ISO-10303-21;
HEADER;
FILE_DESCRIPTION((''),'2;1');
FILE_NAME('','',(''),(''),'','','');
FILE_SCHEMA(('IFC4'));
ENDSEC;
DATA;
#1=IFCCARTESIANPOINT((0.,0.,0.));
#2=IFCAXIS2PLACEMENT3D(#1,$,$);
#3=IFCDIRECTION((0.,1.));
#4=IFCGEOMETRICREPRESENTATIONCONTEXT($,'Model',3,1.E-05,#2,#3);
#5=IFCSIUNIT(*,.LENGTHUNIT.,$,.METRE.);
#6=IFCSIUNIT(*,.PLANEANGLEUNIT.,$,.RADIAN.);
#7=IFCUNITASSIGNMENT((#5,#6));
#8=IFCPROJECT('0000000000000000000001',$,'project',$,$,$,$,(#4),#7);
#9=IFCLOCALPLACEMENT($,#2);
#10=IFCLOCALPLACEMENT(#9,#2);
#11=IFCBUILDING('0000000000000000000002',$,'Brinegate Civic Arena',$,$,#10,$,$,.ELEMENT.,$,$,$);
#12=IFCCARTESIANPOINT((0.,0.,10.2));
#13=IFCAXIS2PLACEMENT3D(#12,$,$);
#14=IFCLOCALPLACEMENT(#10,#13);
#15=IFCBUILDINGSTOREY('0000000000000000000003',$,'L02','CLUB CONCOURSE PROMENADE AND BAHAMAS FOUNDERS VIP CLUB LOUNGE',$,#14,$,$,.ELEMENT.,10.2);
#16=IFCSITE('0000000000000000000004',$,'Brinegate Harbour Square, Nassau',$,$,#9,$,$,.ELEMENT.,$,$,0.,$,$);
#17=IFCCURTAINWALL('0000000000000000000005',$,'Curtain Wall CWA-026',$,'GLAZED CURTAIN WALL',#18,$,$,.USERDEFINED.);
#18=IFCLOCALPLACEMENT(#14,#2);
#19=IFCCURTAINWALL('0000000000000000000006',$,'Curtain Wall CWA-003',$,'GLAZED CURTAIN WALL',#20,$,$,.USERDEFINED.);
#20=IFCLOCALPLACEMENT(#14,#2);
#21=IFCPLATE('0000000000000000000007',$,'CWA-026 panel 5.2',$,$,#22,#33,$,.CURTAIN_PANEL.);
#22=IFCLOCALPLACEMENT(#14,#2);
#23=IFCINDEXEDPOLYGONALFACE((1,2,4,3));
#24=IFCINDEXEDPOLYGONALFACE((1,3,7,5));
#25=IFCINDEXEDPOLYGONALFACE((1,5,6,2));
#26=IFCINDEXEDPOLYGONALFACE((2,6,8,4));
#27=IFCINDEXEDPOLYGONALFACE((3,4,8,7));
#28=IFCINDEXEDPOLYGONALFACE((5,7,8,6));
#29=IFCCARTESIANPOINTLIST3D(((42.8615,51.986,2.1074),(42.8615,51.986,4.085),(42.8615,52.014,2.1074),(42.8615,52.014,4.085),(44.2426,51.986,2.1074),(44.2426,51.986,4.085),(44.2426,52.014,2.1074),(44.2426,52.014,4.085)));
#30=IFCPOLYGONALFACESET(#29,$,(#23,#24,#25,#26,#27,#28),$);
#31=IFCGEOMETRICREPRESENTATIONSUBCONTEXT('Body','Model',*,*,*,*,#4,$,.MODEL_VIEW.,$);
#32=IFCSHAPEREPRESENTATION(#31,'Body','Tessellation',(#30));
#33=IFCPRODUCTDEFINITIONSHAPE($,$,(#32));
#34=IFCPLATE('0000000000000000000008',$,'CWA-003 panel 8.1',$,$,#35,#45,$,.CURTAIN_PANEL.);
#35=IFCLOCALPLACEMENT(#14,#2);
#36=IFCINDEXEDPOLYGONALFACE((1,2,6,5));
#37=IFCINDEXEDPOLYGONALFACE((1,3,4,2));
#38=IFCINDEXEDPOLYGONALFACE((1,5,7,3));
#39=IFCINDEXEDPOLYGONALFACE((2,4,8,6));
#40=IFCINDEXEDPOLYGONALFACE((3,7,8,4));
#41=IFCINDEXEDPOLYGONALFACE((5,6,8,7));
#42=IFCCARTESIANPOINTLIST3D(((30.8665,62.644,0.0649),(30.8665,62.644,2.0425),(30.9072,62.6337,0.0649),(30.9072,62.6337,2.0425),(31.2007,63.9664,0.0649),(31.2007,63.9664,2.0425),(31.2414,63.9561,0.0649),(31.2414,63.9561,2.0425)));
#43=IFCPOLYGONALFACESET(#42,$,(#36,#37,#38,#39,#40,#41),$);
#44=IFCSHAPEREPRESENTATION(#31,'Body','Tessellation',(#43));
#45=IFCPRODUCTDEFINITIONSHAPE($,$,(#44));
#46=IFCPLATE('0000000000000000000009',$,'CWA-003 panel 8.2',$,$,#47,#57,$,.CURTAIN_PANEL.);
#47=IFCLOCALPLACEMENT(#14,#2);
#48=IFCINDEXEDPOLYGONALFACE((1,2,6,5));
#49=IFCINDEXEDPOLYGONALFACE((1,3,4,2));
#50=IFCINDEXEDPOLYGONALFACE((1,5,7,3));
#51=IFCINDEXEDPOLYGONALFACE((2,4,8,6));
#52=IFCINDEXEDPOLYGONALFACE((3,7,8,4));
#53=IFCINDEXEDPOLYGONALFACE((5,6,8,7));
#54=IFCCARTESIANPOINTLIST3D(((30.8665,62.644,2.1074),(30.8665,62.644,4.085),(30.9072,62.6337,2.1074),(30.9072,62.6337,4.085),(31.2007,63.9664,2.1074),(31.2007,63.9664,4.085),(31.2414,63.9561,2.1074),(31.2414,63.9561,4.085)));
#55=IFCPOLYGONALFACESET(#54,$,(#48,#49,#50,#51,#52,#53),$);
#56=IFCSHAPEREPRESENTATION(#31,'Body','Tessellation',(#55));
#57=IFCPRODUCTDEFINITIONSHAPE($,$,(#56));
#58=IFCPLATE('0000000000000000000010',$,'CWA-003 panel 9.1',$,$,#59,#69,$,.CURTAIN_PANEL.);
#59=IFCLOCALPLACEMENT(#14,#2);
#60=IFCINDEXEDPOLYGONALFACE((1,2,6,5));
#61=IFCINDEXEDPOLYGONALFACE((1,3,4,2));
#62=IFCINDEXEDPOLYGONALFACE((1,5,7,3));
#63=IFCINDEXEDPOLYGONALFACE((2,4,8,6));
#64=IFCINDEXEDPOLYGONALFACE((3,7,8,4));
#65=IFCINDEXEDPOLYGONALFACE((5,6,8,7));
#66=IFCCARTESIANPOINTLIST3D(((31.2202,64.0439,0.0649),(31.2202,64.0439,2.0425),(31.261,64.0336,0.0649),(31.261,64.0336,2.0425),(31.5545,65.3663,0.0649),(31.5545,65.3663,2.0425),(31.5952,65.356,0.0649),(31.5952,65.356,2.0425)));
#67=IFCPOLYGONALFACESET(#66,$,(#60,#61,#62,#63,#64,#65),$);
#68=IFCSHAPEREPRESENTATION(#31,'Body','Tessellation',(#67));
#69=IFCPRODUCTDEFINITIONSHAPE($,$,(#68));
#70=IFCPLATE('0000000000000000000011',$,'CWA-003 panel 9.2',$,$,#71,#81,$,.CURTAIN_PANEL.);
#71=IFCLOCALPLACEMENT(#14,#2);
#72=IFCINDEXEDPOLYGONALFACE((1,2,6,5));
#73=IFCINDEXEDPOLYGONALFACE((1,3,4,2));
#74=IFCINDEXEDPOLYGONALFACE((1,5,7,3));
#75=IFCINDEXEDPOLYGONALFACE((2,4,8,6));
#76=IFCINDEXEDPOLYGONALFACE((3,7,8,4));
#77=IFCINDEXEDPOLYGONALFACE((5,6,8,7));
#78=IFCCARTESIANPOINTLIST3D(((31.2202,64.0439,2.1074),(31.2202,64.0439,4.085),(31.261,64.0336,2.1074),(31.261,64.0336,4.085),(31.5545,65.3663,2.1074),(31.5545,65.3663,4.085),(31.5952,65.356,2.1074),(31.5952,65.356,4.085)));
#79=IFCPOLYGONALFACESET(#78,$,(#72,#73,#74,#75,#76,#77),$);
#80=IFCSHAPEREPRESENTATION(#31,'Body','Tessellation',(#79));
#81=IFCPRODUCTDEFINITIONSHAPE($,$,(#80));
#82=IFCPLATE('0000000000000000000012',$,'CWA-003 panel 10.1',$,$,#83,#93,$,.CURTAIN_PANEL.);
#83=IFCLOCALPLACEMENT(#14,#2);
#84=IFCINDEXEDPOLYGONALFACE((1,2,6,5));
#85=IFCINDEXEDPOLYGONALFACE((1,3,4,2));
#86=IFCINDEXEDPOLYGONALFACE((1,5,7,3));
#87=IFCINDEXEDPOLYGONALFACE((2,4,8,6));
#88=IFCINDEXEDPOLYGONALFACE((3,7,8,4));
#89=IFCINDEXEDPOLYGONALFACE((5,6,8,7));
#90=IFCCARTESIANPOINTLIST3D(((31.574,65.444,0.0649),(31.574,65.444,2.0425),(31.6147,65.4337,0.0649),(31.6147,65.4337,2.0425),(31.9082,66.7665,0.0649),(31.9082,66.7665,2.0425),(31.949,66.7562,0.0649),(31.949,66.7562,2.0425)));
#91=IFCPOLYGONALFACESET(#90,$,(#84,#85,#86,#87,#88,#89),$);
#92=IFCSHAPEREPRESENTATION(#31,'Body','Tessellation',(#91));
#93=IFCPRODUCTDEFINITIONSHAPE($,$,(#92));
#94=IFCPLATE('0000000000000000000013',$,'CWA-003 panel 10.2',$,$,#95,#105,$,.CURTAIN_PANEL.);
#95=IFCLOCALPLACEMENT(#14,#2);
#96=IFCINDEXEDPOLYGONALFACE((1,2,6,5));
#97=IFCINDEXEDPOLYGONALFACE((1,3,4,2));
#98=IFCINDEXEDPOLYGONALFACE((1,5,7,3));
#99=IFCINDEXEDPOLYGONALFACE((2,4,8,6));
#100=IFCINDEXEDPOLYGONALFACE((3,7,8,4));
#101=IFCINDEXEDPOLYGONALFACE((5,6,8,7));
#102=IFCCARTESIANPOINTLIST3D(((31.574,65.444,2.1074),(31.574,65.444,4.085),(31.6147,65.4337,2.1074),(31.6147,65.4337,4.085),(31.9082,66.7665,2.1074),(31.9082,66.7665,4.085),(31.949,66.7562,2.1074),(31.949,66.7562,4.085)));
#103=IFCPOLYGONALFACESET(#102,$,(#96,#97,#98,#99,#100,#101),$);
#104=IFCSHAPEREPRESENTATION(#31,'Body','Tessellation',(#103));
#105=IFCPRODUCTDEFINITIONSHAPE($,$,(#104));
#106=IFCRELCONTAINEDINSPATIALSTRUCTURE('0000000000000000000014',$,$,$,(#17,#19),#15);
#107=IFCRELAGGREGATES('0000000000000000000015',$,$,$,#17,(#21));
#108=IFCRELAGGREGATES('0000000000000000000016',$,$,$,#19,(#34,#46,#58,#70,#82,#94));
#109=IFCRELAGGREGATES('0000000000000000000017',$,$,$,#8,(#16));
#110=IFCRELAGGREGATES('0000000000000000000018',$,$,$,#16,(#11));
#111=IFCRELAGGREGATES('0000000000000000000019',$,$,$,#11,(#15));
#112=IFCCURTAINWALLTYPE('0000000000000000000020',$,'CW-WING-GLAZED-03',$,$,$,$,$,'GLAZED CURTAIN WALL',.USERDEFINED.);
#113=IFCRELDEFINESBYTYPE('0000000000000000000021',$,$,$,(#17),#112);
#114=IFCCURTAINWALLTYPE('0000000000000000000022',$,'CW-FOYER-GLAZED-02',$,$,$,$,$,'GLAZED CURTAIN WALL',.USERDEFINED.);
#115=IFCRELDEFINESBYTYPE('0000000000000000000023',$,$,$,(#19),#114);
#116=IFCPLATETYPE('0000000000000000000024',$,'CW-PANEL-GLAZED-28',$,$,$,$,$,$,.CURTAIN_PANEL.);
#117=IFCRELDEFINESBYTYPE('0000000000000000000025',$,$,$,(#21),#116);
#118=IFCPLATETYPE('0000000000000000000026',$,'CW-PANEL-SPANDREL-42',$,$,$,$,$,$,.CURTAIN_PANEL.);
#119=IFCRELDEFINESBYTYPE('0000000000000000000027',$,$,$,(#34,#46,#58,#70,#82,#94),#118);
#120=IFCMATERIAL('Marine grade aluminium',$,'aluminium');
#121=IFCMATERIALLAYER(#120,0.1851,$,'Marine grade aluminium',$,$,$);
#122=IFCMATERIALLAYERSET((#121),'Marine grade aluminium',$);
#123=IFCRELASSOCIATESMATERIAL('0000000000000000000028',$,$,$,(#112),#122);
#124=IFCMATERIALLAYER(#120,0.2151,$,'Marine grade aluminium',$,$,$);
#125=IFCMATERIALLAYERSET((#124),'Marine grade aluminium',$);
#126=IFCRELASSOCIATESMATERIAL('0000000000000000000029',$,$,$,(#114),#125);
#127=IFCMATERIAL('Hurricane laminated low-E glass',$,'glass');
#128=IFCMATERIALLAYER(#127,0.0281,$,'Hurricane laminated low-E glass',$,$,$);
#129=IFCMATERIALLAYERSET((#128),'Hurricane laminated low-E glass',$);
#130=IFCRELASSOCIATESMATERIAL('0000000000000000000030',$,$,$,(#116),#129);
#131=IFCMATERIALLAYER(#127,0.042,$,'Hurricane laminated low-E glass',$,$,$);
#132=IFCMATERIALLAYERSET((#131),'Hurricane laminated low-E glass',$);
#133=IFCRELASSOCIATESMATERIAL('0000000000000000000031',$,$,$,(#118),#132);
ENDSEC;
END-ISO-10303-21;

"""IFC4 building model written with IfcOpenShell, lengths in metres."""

from ifc_helpers import new_model, si_unit, direction, frame, origin, origin_2d, place, context, subcontext, project, spatial, rectangle, extrude, material, layer, layer_set, type_object, element, aggregate, save


model = new_model("IFC4")

# Units and contexts
model_context = context("Model", 3, precision=1e-05, world=origin(), true_north=direction((0.0, 1.0)))
body_context = subcontext(model_context, "Body", "Model", "MODEL_VIEW")
ifc_project = project(units=[si_unit("LENGTHUNIT", "METRE"), si_unit("PLANEANGLEUNIT", "RADIAN")], contexts=[model_context])

# Site, building, storey
site_placement = place(None, origin())
site = spatial("IfcSite", under=ifc_project, at=site_placement, Name="Brinegate Harbour Square, Nassau", CompositionType="ELEMENT", RefElevation=0.0)
building_placement = place(site_placement, origin())
building = spatial("IfcBuilding", under=site, at=building_placement, Name="Brinegate Civic Arena", CompositionType="ELEMENT")
storey_placement = place(building_placement, frame((0.0, 0.0, 10.2)))
storey = spatial("IfcBuildingStorey", under=building, at=storey_placement, Name="L02", Description="CLUB CONCOURSE PROMENADE AND BAHAMAS FOUNDERS VIP CLUB LOUNGE", CompositionType="ELEMENT", Elevation=10.2)

# Curtain walls
ifc_material_1 = material(Name="Marine grade aluminium", Category="aluminium")
ifc_layer_1 = layer(ifc_material_1, 0.1851, Name="Marine grade aluminium")
ifc_layer_set_1 = layer_set([ifc_layer_1], Name="Marine grade aluminium")
curtain_wall_type_1 = type_object("IfcCurtainWallType", Name="CW-WING-GLAZED-03", ElementType="GLAZED CURTAIN WALL", PredefinedType="USERDEFINED", material=ifc_layer_set_1)
curtain_wall_1_placement = place(storey_placement, origin())
curtain_wall_1 = element("IfcCurtainWall", 1, at=curtain_wall_1_placement, inside=storey, type_object=curtain_wall_type_1, Name="Curtain Wall CWA-026", ObjectType="GLAZED CURTAIN WALL", PredefinedType="USERDEFINED")
ifc_layer_2 = layer(ifc_material_1, 0.2151, Name="Marine grade aluminium")
ifc_layer_set_2 = layer_set([ifc_layer_2], Name="Marine grade aluminium")
curtain_wall_type_2 = type_object("IfcCurtainWallType", Name="CW-FOYER-GLAZED-02", ElementType="GLAZED CURTAIN WALL", PredefinedType="USERDEFINED", material=ifc_layer_set_2)
curtain_wall_2_placement = place(storey_placement, origin())
curtain_wall_2 = element("IfcCurtainWall", 2, at=curtain_wall_2_placement, inside=storey, type_object=curtain_wall_type_2, Name="Curtain Wall CWA-003", ObjectType="GLAZED CURTAIN WALL", PredefinedType="USERDEFINED")

# Plates
ifc_material_2 = material(Name="Hurricane laminated low-E glass", Category="glass")
ifc_layer_3 = layer(ifc_material_2, 0.0281, Name="Hurricane laminated low-E glass")
ifc_layer_set_3 = layer_set([ifc_layer_3], Name="Hurricane laminated low-E glass")
plate_type_1 = type_object("IfcPlateType", Name="CW-PANEL-GLAZED-28", PredefinedType="CURTAIN_PANEL", material=ifc_layer_set_3)
plate_1_placement = place(storey_placement, frame((43.552, 52.0, 2.1074), z_axis=(0.0, 0.0, 1.0), x_axis=(1.0, 0.0, 0.0)))
plate_1 = element("IfcPlate", 3, at=plate_1_placement, type_object=plate_type_1, Name="CWA-026 panel 5.2", PredefinedType="CURTAIN_PANEL", context=body_context, shape_type="SweptSolid", body=[
    extrude(rectangle(XDim=1.3811, YDim=0.0281, at=origin_2d()), origin(), (0.0, 0.0, 1.0), 1.9775),
])
aggregate(curtain_wall_1, [plate_1])
ifc_layer_4 = layer(ifc_material_2, 0.042, Name="Hurricane laminated low-E glass")
ifc_layer_set_4 = layer_set([ifc_layer_4], Name="Hurricane laminated low-E glass")
plate_type_2 = type_object("IfcPlateType", Name="CW-PANEL-SPANDREL-42", PredefinedType="CURTAIN_PANEL", material=ifc_layer_set_4)
plate_2_placement = place(storey_placement, frame((31.054, 63.3, 0.0649), z_axis=(0.0, 0.0, 1.0), x_axis=(0.245042, 0.969513, 0.0)))
plate_2 = element("IfcPlate", 4, at=plate_2_placement, type_object=plate_type_2, Name="CWA-003 panel 8.1", PredefinedType="CURTAIN_PANEL", context=body_context, shape_type="SweptSolid", body=[
    extrude(rectangle(XDim=1.364, YDim=0.042, at=origin_2d()), origin(), (0.0, 0.0, 1.0), 1.9775),
])
plate_3_placement = place(storey_placement, frame((31.054, 63.3, 2.1074), z_axis=(0.0, 0.0, 1.0), x_axis=(0.245042, 0.969513, 0.0)))
plate_3 = element("IfcPlate", 5, at=plate_3_placement, type_object=plate_type_2, Name="CWA-003 panel 8.2", PredefinedType="CURTAIN_PANEL", context=body_context, shape_type="SweptSolid", body=[
    extrude(rectangle(XDim=1.364, YDim=0.042, at=origin_2d()), origin(), (0.0, 0.0, 1.0), 1.9775),
])
plate_4_placement = place(storey_placement, frame((31.4077, 64.7, 0.0649), z_axis=(0.0, 0.0, 1.0), x_axis=(0.245042, 0.969513, 0.0)))
plate_4 = element("IfcPlate", 6, at=plate_4_placement, type_object=plate_type_2, Name="CWA-003 panel 9.1", PredefinedType="CURTAIN_PANEL", context=body_context, shape_type="SweptSolid", body=[
    extrude(rectangle(XDim=1.364, YDim=0.042, at=origin_2d()), origin(), (0.0, 0.0, 1.0), 1.9775),
])
plate_5_placement = place(storey_placement, frame((31.4077, 64.7, 2.1074), z_axis=(0.0, 0.0, 1.0), x_axis=(0.245042, 0.969513, 0.0)))
plate_5 = element("IfcPlate", 7, at=plate_5_placement, type_object=plate_type_2, Name="CWA-003 panel 9.2", PredefinedType="CURTAIN_PANEL", context=body_context, shape_type="SweptSolid", body=[
    extrude(rectangle(XDim=1.364, YDim=0.042, at=origin_2d()), origin(), (0.0, 0.0, 1.0), 1.9775),
])
plate_6_placement = place(storey_placement, frame((31.7615, 66.1001, 0.0649), z_axis=(0.0, 0.0, 1.0), x_axis=(0.245042, 0.969513, 0.0)))
plate_6 = element("IfcPlate", 8, at=plate_6_placement, type_object=plate_type_2, Name="CWA-003 panel 10.1", PredefinedType="CURTAIN_PANEL", context=body_context, shape_type="SweptSolid", body=[
    extrude(rectangle(XDim=1.364, YDim=0.042, at=origin_2d()), origin(), (0.0, 0.0, 1.0), 1.9775),
])
plate_7_placement = place(storey_placement, frame((31.7615, 66.1001, 2.1074), z_axis=(0.0, 0.0, 1.0), x_axis=(0.245042, 0.969513, 0.0)))
plate_7 = element("IfcPlate", 9, at=plate_7_placement, type_object=plate_type_2, Name="CWA-003 panel 10.2", PredefinedType="CURTAIN_PANEL", context=body_context, shape_type="SweptSolid", body=[
    extrude(rectangle(XDim=1.364, YDim=0.042, at=origin_2d()), origin(), (0.0, 0.0, 1.0), 1.9775),
])
aggregate(curtain_wall_2, [plate_2, plate_3, plate_4, plate_5, plate_6, plate_7])

save(model, "model.ifc")
